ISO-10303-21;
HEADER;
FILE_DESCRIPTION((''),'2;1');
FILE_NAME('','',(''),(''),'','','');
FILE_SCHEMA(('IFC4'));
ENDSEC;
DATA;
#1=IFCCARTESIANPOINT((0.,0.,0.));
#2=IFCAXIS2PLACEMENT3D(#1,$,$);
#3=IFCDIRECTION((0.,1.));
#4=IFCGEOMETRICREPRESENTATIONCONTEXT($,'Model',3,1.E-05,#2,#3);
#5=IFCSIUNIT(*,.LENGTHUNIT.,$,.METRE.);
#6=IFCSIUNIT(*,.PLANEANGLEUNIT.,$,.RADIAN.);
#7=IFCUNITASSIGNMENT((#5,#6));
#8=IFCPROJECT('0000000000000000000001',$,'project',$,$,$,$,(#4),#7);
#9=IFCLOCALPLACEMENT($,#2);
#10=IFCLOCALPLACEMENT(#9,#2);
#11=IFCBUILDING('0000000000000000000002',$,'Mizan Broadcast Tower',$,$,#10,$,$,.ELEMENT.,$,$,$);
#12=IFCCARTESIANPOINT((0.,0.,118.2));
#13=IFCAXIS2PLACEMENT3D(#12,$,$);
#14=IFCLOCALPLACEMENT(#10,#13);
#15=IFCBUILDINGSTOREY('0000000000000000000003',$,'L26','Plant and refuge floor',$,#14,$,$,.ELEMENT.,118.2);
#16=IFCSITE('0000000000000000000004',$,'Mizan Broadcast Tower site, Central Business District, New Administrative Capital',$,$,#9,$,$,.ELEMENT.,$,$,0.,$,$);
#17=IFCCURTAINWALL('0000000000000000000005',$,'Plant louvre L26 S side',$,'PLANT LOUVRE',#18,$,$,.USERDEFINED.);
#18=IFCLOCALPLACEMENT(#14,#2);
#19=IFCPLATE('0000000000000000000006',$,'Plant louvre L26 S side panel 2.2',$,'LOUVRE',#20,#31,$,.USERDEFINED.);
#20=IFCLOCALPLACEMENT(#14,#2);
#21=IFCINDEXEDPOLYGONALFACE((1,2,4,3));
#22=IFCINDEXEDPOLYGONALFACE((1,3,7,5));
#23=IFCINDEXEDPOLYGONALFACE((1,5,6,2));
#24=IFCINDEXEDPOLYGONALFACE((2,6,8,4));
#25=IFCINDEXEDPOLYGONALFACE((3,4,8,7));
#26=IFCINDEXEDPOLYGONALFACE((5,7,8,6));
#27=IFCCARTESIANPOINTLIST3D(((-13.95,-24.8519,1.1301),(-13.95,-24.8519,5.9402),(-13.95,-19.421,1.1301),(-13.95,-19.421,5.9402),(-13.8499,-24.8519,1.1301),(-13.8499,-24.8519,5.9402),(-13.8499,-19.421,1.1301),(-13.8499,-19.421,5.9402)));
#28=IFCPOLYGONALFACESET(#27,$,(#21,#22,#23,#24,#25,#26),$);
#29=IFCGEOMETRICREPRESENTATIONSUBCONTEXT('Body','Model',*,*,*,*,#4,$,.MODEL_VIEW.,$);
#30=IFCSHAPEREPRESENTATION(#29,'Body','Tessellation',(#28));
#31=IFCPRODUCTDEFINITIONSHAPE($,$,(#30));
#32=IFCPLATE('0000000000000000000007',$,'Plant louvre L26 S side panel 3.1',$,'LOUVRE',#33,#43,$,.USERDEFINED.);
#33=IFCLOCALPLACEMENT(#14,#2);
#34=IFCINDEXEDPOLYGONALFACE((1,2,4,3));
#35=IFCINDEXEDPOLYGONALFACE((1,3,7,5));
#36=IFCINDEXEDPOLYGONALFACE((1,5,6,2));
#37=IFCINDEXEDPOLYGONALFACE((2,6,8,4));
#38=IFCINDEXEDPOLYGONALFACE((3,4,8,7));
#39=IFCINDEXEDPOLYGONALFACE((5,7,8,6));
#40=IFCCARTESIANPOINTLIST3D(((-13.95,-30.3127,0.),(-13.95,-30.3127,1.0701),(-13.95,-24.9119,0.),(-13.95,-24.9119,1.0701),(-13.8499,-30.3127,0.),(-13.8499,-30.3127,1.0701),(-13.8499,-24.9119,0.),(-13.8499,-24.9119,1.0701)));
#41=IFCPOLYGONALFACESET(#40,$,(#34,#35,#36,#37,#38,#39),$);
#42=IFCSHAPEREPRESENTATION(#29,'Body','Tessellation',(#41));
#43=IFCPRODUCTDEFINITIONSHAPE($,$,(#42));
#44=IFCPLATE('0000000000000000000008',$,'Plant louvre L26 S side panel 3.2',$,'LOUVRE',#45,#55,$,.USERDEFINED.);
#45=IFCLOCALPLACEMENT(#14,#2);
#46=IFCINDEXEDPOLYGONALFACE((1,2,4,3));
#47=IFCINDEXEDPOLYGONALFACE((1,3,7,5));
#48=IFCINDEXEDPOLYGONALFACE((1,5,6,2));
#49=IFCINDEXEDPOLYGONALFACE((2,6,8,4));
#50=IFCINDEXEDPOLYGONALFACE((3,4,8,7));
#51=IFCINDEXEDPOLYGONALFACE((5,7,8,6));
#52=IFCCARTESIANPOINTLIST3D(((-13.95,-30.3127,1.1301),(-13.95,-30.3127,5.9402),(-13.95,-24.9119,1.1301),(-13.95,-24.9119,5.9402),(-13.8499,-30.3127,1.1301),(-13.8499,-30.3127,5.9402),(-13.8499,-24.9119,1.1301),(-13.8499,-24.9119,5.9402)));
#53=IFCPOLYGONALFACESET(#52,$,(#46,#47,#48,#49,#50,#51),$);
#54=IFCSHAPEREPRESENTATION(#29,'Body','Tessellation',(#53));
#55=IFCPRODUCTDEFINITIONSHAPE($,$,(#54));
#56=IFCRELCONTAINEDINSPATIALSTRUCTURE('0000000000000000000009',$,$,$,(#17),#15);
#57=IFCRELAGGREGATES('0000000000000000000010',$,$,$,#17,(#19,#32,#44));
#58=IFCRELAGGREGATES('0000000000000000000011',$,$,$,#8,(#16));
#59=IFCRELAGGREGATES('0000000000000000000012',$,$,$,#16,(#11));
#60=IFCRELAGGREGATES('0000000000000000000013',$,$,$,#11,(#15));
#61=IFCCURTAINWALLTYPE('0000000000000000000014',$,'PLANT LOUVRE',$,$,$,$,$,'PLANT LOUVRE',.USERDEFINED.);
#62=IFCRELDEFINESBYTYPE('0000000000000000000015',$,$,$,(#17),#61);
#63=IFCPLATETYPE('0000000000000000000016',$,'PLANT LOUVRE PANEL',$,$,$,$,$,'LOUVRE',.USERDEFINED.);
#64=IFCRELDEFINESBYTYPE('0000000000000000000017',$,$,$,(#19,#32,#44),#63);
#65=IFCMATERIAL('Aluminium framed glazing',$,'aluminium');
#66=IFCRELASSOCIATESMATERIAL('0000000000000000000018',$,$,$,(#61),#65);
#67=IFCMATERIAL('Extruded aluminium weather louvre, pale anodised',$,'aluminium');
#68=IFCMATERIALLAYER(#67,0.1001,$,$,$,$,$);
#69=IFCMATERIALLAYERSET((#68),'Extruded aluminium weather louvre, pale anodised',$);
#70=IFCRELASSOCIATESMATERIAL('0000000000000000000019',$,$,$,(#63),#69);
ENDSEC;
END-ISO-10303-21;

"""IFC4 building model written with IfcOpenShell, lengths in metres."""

from ifc_helpers import new_model, si_unit, direction, frame, origin, origin_2d, place, context, subcontext, project, spatial, rectangle, extrude, material, layer, layer_set, type_object, element, aggregate, save


model = new_model("IFC4")

# Units and contexts
model_context = context("Model", 3, precision=1e-05, world=origin(), true_north=direction((0.0, 1.0)))
body_context = subcontext(model_context, "Body", "Model", "MODEL_VIEW")
ifc_project = project(units=[si_unit("LENGTHUNIT", "METRE"), si_unit("PLANEANGLEUNIT", "RADIAN")], contexts=[model_context])

# Site, building, storey
site_placement = place(None, origin())
site = spatial("IfcSite", under=ifc_project, at=site_placement, Name="Mizan Broadcast Tower site, Central Business District, New Administrative Capital", CompositionType="ELEMENT", RefElevation=0.0)
building_placement = place(site_placement, origin())
building = spatial("IfcBuilding", under=site, at=building_placement, Name="Mizan Broadcast Tower", CompositionType="ELEMENT")
storey_placement = place(building_placement, frame((0.0, 0.0, 118.2)))
storey = spatial("IfcBuildingStorey", under=building, at=storey_placement, Name="L26", Description="Plant and refuge floor", CompositionType="ELEMENT", Elevation=118.2)

# Shared definitions
ifc_material_1 = material(Name="Aluminium framed glazing", Category="aluminium")
curtain_wall_type = type_object("IfcCurtainWallType", Name="PLANT LOUVRE", ElementType="PLANT LOUVRE", PredefinedType="USERDEFINED", material=ifc_material_1)

# Curtain wall
curtain_wall_1_placement = place(storey_placement, origin())
curtain_wall_1 = element("IfcCurtainWall", 1, at=curtain_wall_1_placement, inside=storey, type_object=curtain_wall_type, Name="Plant louvre L26 S side", ObjectType="PLANT LOUVRE", PredefinedType="USERDEFINED")

# Plates
ifc_material_2 = material(Name="Extruded aluminium weather louvre, pale anodised", Category="aluminium")
ifc_layer = layer(ifc_material_2, 0.1001)
ifc_layer_set = layer_set([ifc_layer], Name="Extruded aluminium weather louvre, pale anodised")
plate_type = type_object("IfcPlateType", Name="PLANT LOUVRE PANEL", ElementType="LOUVRE", PredefinedType="USERDEFINED", material=ifc_layer_set)
plate_1_placement = place(storey_placement, frame((-13.8999, -22.1365, 1.1301), z_axis=(0.0, 0.0, 1.0), x_axis=(0.0, -1.0, 0.0)))
plate_1 = element("IfcPlate", 2, at=plate_1_placement, type_object=plate_type, Name="Plant louvre L26 S side panel 2.2", ObjectType="LOUVRE", PredefinedType="USERDEFINED", context=body_context, shape_type="SweptSolid", body=[
    extrude(rectangle(XDim=5.4309, YDim=0.1001, at=origin_2d()), origin(), (0.0, 0.0, 1.0), 4.8101),
])
plate_2_placement = place(storey_placement, frame((-13.8999, -27.6123, 0.0), z_axis=(0.0, 0.0, 1.0), x_axis=(0.0, -1.0, 0.0)))
plate_2 = element("IfcPlate", 3, at=plate_2_placement, type_object=plate_type, Name="Plant louvre L26 S side panel 3.1", ObjectType="LOUVRE", PredefinedType="USERDEFINED", context=body_context, shape_type="SweptSolid", body=[
    extrude(rectangle(XDim=5.4009, YDim=0.1001, at=origin_2d()), origin(), (0.0, 0.0, 1.0), 1.0701),
])
plate_3_placement = place(storey_placement, frame((-13.8999, -27.6123, 1.1301), z_axis=(0.0, 0.0, 1.0), x_axis=(0.0, -1.0, 0.0)))
plate_3 = element("IfcPlate", 4, at=plate_3_placement, type_object=plate_type, Name="Plant louvre L26 S side panel 3.2", ObjectType="LOUVRE", PredefinedType="USERDEFINED", context=body_context, shape_type="SweptSolid", body=[
    extrude(rectangle(XDim=5.4009, YDim=0.1001, at=origin_2d()), origin(), (0.0, 0.0, 1.0), 4.8101),
])
aggregate(curtain_wall_1, [plate_1, plate_2, plate_3])

save(model, "model.ifc")
